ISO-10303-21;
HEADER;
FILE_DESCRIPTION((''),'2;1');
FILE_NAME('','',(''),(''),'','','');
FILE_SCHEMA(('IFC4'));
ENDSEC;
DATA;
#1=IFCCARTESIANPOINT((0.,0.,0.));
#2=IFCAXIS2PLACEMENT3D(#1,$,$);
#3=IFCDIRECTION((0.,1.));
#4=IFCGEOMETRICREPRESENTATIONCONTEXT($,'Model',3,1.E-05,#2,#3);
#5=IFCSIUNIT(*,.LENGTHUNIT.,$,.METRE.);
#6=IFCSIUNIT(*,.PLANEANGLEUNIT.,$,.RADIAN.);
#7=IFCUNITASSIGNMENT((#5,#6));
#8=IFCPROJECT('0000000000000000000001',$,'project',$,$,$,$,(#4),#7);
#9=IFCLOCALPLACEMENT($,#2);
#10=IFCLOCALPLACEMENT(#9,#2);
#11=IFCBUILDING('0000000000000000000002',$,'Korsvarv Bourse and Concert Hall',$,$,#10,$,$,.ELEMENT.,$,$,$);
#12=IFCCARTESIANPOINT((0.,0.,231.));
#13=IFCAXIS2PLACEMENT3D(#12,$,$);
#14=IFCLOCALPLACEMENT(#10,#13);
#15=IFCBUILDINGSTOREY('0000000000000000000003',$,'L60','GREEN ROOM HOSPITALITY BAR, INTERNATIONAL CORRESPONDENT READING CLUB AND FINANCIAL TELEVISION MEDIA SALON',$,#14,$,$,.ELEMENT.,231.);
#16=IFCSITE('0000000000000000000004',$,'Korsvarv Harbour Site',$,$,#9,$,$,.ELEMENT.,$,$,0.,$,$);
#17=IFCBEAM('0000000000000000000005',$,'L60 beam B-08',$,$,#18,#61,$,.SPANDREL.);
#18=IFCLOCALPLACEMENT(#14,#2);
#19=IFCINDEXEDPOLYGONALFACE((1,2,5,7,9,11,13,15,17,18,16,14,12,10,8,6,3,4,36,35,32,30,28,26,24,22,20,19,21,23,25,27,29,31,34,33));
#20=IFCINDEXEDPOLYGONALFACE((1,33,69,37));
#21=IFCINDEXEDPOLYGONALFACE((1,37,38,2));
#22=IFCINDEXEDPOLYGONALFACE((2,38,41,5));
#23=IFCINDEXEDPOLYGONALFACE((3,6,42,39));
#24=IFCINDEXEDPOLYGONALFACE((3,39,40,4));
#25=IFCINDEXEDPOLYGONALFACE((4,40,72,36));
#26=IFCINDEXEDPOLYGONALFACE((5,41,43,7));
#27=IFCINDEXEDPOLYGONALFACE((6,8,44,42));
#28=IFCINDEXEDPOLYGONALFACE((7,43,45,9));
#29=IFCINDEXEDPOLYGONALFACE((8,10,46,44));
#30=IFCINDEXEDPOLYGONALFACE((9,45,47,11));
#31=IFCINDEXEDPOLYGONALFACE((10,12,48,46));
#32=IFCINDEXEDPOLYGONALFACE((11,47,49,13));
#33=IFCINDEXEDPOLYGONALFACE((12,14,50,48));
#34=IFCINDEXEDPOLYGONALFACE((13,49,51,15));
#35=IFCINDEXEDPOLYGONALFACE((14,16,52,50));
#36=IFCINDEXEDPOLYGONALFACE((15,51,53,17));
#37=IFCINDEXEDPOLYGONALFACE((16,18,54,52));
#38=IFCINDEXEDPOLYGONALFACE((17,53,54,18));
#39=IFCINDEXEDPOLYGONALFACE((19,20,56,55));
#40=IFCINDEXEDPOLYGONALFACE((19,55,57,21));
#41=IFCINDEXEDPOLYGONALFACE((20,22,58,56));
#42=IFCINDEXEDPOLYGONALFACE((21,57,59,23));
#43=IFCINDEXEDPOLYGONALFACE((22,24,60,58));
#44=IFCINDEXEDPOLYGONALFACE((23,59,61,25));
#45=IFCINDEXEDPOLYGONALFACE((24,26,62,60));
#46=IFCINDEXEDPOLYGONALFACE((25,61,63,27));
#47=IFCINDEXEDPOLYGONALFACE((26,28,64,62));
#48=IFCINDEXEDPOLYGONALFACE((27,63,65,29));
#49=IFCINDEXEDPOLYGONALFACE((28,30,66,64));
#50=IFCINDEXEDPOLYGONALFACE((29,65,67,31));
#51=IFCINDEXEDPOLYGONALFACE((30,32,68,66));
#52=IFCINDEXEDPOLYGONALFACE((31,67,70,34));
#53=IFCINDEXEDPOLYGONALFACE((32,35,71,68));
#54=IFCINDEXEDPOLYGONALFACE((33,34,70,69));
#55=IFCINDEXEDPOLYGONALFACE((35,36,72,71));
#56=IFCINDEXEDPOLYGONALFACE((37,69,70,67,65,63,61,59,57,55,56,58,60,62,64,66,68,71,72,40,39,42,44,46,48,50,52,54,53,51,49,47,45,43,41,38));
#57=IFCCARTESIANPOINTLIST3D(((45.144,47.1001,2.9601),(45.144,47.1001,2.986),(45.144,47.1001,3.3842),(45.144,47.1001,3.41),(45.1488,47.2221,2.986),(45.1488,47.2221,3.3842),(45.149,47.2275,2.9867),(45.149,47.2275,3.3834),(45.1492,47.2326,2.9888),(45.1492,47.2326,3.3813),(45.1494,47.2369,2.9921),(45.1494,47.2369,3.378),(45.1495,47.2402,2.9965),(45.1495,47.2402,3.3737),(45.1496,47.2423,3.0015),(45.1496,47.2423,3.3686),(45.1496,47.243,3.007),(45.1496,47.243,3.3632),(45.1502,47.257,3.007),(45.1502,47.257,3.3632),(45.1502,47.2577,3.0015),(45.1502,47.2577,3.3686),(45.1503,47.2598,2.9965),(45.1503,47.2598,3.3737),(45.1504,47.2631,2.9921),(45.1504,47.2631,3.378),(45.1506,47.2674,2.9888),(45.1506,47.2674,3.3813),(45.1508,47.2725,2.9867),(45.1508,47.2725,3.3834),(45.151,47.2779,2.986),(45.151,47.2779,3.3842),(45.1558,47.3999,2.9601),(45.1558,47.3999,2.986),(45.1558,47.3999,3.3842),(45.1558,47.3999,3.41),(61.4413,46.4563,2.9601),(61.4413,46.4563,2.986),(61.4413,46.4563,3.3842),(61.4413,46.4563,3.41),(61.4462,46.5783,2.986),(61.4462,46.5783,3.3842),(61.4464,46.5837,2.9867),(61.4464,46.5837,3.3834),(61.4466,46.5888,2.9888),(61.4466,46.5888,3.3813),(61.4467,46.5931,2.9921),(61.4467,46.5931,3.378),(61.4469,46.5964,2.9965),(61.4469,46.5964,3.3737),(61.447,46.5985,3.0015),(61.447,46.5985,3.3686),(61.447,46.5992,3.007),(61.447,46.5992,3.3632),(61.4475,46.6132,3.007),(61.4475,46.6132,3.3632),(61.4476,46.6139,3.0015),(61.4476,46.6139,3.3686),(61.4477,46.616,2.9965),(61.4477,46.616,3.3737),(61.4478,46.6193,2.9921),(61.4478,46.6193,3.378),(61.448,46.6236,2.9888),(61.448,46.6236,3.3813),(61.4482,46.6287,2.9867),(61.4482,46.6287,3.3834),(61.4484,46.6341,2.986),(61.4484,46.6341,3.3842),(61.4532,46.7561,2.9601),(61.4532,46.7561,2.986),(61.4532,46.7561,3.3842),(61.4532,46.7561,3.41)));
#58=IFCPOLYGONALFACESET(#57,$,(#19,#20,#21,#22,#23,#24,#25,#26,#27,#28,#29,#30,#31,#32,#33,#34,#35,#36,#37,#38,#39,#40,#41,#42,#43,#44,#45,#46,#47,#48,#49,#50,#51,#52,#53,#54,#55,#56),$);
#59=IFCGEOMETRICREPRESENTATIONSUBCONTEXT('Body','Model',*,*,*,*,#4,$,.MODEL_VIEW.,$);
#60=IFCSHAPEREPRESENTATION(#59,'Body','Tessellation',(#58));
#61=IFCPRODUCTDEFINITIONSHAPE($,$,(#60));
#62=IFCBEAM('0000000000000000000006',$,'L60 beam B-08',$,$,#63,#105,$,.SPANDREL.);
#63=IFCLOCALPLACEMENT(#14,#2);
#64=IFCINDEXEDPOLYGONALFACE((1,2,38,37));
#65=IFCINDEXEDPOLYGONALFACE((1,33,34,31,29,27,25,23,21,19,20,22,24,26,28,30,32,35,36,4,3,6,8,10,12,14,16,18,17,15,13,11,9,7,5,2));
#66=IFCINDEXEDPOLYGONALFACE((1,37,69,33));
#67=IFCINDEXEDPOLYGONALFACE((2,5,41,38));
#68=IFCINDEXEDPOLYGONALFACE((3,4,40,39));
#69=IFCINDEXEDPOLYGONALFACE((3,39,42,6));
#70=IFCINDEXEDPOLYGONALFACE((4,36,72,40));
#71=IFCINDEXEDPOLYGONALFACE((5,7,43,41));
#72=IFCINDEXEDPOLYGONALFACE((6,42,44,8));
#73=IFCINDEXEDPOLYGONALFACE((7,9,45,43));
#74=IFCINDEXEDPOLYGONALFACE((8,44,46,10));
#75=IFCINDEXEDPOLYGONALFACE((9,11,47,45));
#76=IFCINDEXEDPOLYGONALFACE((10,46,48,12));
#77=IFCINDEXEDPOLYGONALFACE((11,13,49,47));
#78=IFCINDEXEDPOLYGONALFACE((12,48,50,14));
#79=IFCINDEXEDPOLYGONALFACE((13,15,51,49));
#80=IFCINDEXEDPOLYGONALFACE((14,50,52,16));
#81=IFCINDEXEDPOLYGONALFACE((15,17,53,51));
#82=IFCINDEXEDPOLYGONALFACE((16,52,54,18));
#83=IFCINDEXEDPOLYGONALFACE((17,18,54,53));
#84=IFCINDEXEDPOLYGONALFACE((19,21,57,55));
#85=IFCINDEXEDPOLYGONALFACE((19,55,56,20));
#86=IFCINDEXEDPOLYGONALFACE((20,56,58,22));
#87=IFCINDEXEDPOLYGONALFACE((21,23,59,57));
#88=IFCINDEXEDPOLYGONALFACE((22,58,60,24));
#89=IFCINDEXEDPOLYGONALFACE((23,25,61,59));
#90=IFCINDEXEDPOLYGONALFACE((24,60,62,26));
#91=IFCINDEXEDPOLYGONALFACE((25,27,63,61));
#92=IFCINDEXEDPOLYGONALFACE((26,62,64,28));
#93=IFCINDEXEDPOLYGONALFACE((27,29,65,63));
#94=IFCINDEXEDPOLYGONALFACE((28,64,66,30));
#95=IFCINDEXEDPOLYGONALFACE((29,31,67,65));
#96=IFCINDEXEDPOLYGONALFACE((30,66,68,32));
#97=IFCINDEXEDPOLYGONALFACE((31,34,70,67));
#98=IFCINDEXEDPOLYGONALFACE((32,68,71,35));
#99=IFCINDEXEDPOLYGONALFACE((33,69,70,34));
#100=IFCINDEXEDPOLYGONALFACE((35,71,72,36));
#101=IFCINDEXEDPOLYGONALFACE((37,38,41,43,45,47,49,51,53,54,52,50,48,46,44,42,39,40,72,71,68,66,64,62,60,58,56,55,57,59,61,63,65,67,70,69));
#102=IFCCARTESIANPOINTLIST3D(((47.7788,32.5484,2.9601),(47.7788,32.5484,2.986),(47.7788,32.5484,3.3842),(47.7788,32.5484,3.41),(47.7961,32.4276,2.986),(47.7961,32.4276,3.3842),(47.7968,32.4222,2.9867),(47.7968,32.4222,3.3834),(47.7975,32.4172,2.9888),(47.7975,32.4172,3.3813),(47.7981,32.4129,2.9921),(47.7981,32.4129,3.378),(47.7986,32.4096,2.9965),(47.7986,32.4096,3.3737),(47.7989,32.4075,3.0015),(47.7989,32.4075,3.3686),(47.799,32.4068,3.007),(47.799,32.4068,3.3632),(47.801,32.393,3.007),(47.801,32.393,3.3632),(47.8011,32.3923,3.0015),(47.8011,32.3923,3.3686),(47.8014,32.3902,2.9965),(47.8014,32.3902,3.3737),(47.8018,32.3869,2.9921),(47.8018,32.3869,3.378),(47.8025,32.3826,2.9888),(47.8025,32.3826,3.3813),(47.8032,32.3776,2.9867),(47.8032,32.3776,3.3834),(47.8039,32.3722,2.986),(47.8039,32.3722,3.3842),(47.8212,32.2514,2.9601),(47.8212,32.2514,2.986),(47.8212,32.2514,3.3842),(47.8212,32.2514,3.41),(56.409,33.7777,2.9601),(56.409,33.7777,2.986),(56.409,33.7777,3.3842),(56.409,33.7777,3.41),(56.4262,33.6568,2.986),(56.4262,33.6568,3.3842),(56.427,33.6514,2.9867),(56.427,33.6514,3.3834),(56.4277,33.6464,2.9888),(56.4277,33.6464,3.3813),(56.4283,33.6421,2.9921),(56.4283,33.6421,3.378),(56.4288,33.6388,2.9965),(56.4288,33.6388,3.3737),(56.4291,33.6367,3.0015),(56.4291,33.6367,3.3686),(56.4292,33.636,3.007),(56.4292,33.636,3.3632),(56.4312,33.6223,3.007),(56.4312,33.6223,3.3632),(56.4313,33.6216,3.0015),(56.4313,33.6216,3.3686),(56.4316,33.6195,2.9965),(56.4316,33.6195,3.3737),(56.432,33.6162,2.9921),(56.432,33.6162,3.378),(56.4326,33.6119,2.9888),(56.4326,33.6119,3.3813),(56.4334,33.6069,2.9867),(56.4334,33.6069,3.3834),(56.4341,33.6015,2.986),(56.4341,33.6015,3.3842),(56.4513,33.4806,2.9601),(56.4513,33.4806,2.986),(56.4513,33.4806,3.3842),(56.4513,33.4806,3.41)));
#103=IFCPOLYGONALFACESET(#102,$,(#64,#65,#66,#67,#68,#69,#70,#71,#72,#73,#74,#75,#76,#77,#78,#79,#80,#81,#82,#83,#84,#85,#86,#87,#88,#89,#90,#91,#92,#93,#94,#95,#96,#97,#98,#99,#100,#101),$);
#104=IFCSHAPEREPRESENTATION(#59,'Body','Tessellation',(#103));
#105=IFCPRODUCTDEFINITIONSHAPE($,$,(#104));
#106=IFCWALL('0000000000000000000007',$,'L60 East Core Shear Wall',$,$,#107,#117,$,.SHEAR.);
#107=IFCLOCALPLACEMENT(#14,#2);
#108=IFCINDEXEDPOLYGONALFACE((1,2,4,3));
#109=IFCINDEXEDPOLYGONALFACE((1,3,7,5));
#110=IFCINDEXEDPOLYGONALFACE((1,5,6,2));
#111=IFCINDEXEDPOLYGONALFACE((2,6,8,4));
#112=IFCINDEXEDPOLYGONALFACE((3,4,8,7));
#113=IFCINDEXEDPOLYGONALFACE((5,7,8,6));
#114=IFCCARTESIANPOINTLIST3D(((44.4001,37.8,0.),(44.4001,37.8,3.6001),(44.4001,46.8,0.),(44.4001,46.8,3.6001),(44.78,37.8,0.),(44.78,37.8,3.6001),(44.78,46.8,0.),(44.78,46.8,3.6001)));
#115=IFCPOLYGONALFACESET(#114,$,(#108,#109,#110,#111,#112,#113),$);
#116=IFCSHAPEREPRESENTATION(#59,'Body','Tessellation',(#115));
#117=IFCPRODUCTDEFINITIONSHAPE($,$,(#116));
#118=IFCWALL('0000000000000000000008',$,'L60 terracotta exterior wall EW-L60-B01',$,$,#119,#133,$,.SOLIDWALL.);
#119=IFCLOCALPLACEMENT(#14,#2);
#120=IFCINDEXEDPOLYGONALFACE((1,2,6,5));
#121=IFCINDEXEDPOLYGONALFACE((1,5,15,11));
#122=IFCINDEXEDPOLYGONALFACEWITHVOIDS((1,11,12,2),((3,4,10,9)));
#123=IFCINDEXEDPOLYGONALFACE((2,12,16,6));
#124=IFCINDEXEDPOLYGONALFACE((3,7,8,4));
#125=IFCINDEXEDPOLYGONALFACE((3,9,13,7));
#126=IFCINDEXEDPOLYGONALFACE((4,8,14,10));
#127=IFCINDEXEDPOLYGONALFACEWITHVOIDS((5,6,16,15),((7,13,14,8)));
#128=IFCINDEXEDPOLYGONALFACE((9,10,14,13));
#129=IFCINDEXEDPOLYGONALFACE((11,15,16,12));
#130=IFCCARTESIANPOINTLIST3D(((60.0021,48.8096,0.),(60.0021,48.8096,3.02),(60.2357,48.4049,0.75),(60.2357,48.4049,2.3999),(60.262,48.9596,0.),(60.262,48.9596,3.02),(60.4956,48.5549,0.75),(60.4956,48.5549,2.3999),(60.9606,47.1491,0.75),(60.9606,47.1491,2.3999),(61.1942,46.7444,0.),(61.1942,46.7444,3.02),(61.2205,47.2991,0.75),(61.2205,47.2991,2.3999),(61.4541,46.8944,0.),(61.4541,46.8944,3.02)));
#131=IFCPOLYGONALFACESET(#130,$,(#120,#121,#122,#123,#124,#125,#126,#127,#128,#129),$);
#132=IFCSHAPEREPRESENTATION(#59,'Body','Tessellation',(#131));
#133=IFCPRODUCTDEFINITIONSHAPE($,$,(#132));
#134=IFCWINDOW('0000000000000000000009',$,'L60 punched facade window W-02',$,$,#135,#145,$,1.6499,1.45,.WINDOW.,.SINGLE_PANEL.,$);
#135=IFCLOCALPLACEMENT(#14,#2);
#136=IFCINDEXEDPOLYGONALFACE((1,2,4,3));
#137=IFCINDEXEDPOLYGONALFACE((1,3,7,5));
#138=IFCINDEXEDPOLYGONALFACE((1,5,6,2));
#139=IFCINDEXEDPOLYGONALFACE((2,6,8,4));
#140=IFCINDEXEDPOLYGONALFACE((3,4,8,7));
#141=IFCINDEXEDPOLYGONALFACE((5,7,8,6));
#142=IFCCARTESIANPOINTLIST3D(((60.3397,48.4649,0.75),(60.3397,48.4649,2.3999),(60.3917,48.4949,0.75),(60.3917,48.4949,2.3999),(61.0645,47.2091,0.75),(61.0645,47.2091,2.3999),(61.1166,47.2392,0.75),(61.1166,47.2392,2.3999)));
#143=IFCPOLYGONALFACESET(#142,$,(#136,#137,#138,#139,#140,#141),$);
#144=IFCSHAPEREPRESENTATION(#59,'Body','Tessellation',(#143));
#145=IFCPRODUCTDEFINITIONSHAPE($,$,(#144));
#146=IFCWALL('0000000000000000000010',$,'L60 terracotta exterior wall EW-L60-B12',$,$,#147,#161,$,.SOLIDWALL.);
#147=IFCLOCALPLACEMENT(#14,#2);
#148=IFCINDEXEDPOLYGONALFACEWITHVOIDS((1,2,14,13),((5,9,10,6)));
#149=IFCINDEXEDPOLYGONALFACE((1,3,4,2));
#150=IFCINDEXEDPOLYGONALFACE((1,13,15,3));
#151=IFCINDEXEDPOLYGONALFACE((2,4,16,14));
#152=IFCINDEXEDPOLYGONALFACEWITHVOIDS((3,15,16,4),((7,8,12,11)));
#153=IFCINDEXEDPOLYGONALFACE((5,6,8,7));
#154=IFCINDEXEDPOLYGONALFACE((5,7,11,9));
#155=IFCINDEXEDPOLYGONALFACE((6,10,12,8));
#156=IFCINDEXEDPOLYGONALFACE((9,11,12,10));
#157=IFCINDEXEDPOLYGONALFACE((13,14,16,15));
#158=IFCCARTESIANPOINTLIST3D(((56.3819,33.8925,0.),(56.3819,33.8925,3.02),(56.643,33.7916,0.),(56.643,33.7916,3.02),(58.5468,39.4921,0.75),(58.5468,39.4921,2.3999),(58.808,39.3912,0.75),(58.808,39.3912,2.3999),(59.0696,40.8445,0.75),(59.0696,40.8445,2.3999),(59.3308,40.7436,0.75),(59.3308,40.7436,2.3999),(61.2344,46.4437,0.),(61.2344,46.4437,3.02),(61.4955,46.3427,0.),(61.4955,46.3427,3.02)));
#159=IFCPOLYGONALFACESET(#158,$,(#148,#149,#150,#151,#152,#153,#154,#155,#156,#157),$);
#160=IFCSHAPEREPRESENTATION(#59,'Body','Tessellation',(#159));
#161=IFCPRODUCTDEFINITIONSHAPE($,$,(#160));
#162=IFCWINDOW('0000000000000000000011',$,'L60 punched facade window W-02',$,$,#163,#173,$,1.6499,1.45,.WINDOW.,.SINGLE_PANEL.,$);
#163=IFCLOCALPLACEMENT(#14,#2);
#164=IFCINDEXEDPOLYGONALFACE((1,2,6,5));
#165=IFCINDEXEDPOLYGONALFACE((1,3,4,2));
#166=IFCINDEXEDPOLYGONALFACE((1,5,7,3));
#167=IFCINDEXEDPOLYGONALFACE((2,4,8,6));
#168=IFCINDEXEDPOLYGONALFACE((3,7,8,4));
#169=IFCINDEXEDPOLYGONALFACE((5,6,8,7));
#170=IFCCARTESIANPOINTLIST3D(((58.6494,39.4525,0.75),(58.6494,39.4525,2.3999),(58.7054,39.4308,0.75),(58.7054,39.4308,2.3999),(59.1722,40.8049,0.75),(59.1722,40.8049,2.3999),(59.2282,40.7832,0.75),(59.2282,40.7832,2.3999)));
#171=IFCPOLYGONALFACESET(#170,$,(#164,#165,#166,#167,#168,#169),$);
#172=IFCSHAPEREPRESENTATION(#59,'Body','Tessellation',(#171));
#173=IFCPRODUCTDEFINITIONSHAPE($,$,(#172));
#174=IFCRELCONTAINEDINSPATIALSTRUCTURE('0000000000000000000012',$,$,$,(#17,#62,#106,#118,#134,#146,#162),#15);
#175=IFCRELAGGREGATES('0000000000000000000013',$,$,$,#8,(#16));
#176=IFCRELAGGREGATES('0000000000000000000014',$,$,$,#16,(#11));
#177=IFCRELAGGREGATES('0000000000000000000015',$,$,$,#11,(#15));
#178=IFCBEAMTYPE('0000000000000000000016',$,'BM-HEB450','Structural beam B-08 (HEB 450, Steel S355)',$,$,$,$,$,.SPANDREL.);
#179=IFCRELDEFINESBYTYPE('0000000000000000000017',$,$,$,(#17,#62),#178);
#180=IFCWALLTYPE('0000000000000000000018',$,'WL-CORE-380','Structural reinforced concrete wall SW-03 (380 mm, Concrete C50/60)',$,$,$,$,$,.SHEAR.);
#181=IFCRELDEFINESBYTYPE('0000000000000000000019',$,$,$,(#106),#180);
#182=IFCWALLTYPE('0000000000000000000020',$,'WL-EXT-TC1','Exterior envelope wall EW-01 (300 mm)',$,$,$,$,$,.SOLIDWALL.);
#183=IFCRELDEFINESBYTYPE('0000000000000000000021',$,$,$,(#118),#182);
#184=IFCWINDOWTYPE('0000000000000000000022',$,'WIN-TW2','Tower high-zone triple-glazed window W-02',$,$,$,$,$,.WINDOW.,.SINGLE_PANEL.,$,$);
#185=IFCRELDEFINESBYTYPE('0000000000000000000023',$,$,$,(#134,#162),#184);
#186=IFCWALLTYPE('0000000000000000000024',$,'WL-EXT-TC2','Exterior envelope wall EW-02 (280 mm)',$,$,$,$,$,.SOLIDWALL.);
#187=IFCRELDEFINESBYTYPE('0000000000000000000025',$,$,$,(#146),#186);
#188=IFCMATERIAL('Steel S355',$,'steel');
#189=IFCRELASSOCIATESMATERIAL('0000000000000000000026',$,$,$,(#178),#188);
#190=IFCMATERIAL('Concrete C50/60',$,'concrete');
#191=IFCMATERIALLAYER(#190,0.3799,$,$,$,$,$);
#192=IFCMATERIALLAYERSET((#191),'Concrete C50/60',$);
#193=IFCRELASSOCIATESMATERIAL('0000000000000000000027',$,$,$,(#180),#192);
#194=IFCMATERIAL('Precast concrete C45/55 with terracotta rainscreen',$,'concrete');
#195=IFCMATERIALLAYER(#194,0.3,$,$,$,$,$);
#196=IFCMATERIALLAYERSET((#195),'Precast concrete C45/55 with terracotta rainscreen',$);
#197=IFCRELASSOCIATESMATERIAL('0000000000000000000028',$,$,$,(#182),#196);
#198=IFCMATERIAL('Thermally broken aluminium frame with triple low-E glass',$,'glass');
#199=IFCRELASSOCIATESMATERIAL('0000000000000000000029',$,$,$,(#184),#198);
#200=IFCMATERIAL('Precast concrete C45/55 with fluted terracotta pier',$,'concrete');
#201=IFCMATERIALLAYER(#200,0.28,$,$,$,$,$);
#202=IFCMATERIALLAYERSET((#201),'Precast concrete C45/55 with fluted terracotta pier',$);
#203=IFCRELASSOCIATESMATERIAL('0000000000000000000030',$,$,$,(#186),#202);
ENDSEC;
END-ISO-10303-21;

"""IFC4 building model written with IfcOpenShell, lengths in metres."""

from ifc_helpers import new_model, si_unit, direction, frame, frame_2d, origin, origin_2d, place, context, subcontext, project, spatial, rectangle, i_section, extrude, source, transform, mapped, material, layer, layer_set, material_profile, profile_set, type_object, element, fill, save


model = new_model("IFC4")

# Units and contexts
model_context = context("Model", 3, precision=1e-05, world=origin(), true_north=direction((0.0, 1.0)))
body_context = subcontext(model_context, "Body", "Model", "MODEL_VIEW")
ifc_project = project(units=[si_unit("LENGTHUNIT", "METRE"), si_unit("PLANEANGLEUNIT", "RADIAN")], contexts=[model_context])

# Site, building, storey
site_placement = place(None, origin())
site = spatial("IfcSite", under=ifc_project, at=site_placement, Name="Korsvarv Harbour Site", CompositionType="ELEMENT", RefElevation=0.0)
building_placement = place(site_placement, origin())
building = spatial("IfcBuilding", under=site, at=building_placement, Name="Korsvarv Bourse and Concert Hall", CompositionType="ELEMENT")
storey_placement = place(building_placement, frame((0.0, 0.0, 231.0)))
storey = spatial("IfcBuildingStorey", under=building, at=storey_placement, Name="L60", Description="GREEN ROOM HOSPITALITY BAR, INTERNATIONAL CORRESPONDENT READING CLUB AND FINANCIAL TELEVISION MEDIA SALON", CompositionType="ELEMENT", Elevation=231.0)

# Shared definitions
ifc_material_1 = material(Name="Steel S355", Category="steel")

# Beams
ifc_material_profile_1 = material_profile(ifc_material_1, i_section(OverallWidth=0.3, OverallDepth=0.45, WebThickness=0.0139, FlangeThickness=0.0259, FilletRadius=0.021, at=origin_2d()), Name="HEB 450")
ifc_profile_set_1 = profile_set([ifc_material_profile_1], Name="Steel S355")
beam_type_1 = type_object("IfcBeamType", Name="BM-HEB450", Description="Structural beam B-08 (HEB 450, Steel S355)", PredefinedType="SPANDREL", material=ifc_profile_set_1)
shared_shape_1 = source(origin(), body_context, "Body", "SweptSolid", [
    extrude(i_section(OverallWidth=0.3, OverallDepth=0.45, WebThickness=0.0139, FlangeThickness=0.0259, FilletRadius=0.021, at=origin_2d()), origin(), (0.0, 0.0, 1.0), 16.3101),
])
beam_1_placement = place(storey_placement, frame((61.4473, 46.6062, 3.1851), z_axis=(-0.999221, 0.039472, 0.0), x_axis=(-0.039472, -0.999221, 0.0)))
element("IfcBeam", 1, at=beam_1_placement, inside=storey, type_object=beam_type_1, Name="L60 beam B-08", PredefinedType="SPANDREL", context=body_context, shape_type="MappedRepresentation", body=[
    mapped(shared_shape_1, transform((0.0, 0.0, 0.0), scale=1.0)),
])
shared_shape_2 = source(origin(), body_context, "Body", "SweptSolid", [
    extrude(i_section(OverallWidth=0.3, OverallDepth=0.45, WebThickness=0.0139, FlangeThickness=0.0259, FilletRadius=0.021, at=origin_2d()), origin(), (0.0, 0.0, 1.0), 8.7173),
])
beam_2_placement = place(storey_placement, frame((56.4302, 33.6292, 3.1851), z_axis=(-0.990008, -0.141014, 0.0), x_axis=(0.141014, -0.990008, 0.0)))
element("IfcBeam", 2, at=beam_2_placement, inside=storey, type_object=beam_type_1, Name="L60 beam B-08", PredefinedType="SPANDREL", context=body_context, shape_type="MappedRepresentation", body=[
    mapped(shared_shape_2, transform((0.0, 0.0, 0.0), scale=1.0)),
])

# Wall
ifc_material_2 = material(Name="Concrete C50/60", Category="concrete")
ifc_layer_1 = layer(ifc_material_2, 0.3799)
ifc_layer_set_1 = layer_set([ifc_layer_1], Name="Concrete C50/60")
wall_type_1 = type_object("IfcWallType", Name="WL-CORE-380", Description="Structural reinforced concrete wall SW-03 (380 mm, Concrete C50/60)", PredefinedType="SHEAR", material=ifc_layer_set_1)
wall_1_placement = place(storey_placement, frame((44.5901, 37.8, 0.0), z_axis=(0.0, 0.0, 1.0), x_axis=(0.0, 1.0, 0.0)))
element("IfcWall", 3, at=wall_1_placement, inside=storey, type_object=wall_type_1, Name="L60 East Core Shear Wall", PredefinedType="SHEAR", context=body_context, shape_type="SweptSolid", body=[
    extrude(rectangle(XDim=9.0, YDim=0.3799, at=frame_2d((4.5, 0.0))), origin(), (0.0, 0.0, 1.0), 3.6001),
])

# Walls, openings, windows
ifc_material_3 = material(Name="Precast concrete C45/55 with terracotta rainscreen", Category="concrete")
ifc_layer_2 = layer(ifc_material_3, 0.3)
ifc_layer_set_2 = layer_set([ifc_layer_2], Name="Precast concrete C45/55 with terracotta rainscreen")
wall_type_2 = type_object("IfcWallType", Name="WL-EXT-TC1", Description="Exterior envelope wall EW-01 (300 mm)", PredefinedType="SOLIDWALL", material=ifc_layer_set_2)
wall_2_placement = place(storey_placement, frame((61.3242, 46.8193, 0.0), z_axis=(0.0, 0.0, 1.0), x_axis=(-0.499938, 0.866061, 0.0)))
wall_2 = element("IfcWall", 4, at=wall_2_placement, inside=storey, type_object=wall_type_2, Name="L60 terracotta exterior wall EW-L60-B01", PredefinedType="SOLIDWALL", context=body_context, shape_type="SweptSolid", body=[
    extrude(rectangle(XDim=2.3845, YDim=0.3, at=frame_2d((1.1924, 0.0))), origin(), (0.0, 0.0, 1.0), 3.02),
])
opening_1_placement = place(wall_2_placement, frame((0.4673, 0.0, 0.75)))
opening_1 = element("IfcOpeningElement", 5, at=opening_1_placement, cuts=wall_2, PredefinedType="OPENING", context=body_context, shape_type="SweptSolid", body=[
    extrude(rectangle(XDim=1.45, YDim=1.6499, at=frame_2d((0.7251, 0.825))), frame((0.0, 0.1602, 0.0), z_axis=(0.0, -1.0, 0.0), x_axis=(1.0, 0.0, 0.0)), (0.0, 0.0, 1.0), 0.3201),
])
ifc_material_4 = material(Name="Thermally broken aluminium frame with triple low-E glass", Category="glass")
window_type = type_object("IfcWindowType", Name="WIN-TW2", Description="Tower high-zone triple-glazed window W-02", PartitioningType="SINGLE_PANEL", PredefinedType="WINDOW", material=ifc_material_4)
window_1_placement = place(opening_1_placement, origin())
window_1 = element("IfcWindow", 6, at=window_1_placement, inside=storey, type_object=window_type, Name="L60 punched facade window W-02", OverallHeight=1.6499, OverallWidth=1.45, PartitioningType="SINGLE_PANEL", PredefinedType="WINDOW", context=body_context, shape_type="SweptSolid", body=[
    extrude(rectangle(XDim=1.45, YDim=1.6499, at=frame_2d((0.7251, 0.825))), frame((0.0, 0.03, 0.0), z_axis=(0.0, -1.0, 0.0), x_axis=(1.0, 0.0, 0.0)), (0.0, 0.0, 1.0), 0.0601),
])
fill(opening_1, window_1)
ifc_material_5 = material(Name="Precast concrete C45/55 with fluted terracotta pier", Category="concrete")
ifc_layer_3 = layer(ifc_material_5, 0.28)
ifc_layer_set_3 = layer_set([ifc_layer_3], Name="Precast concrete C45/55 with fluted terracotta pier")
wall_type_3 = type_object("IfcWallType", Name="WL-EXT-TC2", Description="Exterior envelope wall EW-02 (280 mm)", PredefinedType="SOLIDWALL", material=ifc_layer_set_3)
wall_3_placement = place(storey_placement, frame((56.5125, 33.842, 0.0), z_axis=(0.0, 0.0, 1.0), x_axis=(0.360605, 0.932719, 0.0)))
wall_3 = element("IfcWall", 7, at=wall_3_placement, inside=storey, type_object=wall_type_3, Name="L60 terracotta exterior wall EW-L60-B12", PredefinedType="SOLIDWALL", context=body_context, shape_type="SweptSolid", body=[
    extrude(rectangle(XDim=13.4565, YDim=0.28, at=frame_2d((6.7283, 0.0))), origin(), (0.0, 0.0, 1.0), 3.02),
])
opening_2_placement = place(wall_3_placement, frame((6.0034, 0.0, 0.75)))
opening_2 = element("IfcOpeningElement", 8, at=opening_2_placement, cuts=wall_3, PredefinedType="OPENING", context=body_context, shape_type="SweptSolid", body=[
    extrude(rectangle(XDim=1.45, YDim=1.6499, at=frame_2d((0.7251, 0.825))), frame((0.0, 0.1499, 0.0), z_axis=(0.0, -1.0, 0.0), x_axis=(1.0, 0.0, 0.0)), (0.0, 0.0, 1.0), 0.3),
])
window_2_placement = place(opening_2_placement, origin())
window_2 = element("IfcWindow", 9, at=window_2_placement, inside=storey, type_object=window_type, Name="L60 punched facade window W-02", OverallHeight=1.6499, OverallWidth=1.45, PartitioningType="SINGLE_PANEL", PredefinedType="WINDOW", context=body_context, shape_type="SweptSolid", body=[
    extrude(rectangle(XDim=1.45, YDim=1.6499, at=frame_2d((0.7251, 0.825))), frame((0.0, 0.03, 0.0), z_axis=(0.0, -1.0, 0.0), x_axis=(1.0, 0.0, 0.0)), (0.0, 0.0, 1.0), 0.0601),
])
fill(opening_2, window_2)

save(model, "model.ifc")
